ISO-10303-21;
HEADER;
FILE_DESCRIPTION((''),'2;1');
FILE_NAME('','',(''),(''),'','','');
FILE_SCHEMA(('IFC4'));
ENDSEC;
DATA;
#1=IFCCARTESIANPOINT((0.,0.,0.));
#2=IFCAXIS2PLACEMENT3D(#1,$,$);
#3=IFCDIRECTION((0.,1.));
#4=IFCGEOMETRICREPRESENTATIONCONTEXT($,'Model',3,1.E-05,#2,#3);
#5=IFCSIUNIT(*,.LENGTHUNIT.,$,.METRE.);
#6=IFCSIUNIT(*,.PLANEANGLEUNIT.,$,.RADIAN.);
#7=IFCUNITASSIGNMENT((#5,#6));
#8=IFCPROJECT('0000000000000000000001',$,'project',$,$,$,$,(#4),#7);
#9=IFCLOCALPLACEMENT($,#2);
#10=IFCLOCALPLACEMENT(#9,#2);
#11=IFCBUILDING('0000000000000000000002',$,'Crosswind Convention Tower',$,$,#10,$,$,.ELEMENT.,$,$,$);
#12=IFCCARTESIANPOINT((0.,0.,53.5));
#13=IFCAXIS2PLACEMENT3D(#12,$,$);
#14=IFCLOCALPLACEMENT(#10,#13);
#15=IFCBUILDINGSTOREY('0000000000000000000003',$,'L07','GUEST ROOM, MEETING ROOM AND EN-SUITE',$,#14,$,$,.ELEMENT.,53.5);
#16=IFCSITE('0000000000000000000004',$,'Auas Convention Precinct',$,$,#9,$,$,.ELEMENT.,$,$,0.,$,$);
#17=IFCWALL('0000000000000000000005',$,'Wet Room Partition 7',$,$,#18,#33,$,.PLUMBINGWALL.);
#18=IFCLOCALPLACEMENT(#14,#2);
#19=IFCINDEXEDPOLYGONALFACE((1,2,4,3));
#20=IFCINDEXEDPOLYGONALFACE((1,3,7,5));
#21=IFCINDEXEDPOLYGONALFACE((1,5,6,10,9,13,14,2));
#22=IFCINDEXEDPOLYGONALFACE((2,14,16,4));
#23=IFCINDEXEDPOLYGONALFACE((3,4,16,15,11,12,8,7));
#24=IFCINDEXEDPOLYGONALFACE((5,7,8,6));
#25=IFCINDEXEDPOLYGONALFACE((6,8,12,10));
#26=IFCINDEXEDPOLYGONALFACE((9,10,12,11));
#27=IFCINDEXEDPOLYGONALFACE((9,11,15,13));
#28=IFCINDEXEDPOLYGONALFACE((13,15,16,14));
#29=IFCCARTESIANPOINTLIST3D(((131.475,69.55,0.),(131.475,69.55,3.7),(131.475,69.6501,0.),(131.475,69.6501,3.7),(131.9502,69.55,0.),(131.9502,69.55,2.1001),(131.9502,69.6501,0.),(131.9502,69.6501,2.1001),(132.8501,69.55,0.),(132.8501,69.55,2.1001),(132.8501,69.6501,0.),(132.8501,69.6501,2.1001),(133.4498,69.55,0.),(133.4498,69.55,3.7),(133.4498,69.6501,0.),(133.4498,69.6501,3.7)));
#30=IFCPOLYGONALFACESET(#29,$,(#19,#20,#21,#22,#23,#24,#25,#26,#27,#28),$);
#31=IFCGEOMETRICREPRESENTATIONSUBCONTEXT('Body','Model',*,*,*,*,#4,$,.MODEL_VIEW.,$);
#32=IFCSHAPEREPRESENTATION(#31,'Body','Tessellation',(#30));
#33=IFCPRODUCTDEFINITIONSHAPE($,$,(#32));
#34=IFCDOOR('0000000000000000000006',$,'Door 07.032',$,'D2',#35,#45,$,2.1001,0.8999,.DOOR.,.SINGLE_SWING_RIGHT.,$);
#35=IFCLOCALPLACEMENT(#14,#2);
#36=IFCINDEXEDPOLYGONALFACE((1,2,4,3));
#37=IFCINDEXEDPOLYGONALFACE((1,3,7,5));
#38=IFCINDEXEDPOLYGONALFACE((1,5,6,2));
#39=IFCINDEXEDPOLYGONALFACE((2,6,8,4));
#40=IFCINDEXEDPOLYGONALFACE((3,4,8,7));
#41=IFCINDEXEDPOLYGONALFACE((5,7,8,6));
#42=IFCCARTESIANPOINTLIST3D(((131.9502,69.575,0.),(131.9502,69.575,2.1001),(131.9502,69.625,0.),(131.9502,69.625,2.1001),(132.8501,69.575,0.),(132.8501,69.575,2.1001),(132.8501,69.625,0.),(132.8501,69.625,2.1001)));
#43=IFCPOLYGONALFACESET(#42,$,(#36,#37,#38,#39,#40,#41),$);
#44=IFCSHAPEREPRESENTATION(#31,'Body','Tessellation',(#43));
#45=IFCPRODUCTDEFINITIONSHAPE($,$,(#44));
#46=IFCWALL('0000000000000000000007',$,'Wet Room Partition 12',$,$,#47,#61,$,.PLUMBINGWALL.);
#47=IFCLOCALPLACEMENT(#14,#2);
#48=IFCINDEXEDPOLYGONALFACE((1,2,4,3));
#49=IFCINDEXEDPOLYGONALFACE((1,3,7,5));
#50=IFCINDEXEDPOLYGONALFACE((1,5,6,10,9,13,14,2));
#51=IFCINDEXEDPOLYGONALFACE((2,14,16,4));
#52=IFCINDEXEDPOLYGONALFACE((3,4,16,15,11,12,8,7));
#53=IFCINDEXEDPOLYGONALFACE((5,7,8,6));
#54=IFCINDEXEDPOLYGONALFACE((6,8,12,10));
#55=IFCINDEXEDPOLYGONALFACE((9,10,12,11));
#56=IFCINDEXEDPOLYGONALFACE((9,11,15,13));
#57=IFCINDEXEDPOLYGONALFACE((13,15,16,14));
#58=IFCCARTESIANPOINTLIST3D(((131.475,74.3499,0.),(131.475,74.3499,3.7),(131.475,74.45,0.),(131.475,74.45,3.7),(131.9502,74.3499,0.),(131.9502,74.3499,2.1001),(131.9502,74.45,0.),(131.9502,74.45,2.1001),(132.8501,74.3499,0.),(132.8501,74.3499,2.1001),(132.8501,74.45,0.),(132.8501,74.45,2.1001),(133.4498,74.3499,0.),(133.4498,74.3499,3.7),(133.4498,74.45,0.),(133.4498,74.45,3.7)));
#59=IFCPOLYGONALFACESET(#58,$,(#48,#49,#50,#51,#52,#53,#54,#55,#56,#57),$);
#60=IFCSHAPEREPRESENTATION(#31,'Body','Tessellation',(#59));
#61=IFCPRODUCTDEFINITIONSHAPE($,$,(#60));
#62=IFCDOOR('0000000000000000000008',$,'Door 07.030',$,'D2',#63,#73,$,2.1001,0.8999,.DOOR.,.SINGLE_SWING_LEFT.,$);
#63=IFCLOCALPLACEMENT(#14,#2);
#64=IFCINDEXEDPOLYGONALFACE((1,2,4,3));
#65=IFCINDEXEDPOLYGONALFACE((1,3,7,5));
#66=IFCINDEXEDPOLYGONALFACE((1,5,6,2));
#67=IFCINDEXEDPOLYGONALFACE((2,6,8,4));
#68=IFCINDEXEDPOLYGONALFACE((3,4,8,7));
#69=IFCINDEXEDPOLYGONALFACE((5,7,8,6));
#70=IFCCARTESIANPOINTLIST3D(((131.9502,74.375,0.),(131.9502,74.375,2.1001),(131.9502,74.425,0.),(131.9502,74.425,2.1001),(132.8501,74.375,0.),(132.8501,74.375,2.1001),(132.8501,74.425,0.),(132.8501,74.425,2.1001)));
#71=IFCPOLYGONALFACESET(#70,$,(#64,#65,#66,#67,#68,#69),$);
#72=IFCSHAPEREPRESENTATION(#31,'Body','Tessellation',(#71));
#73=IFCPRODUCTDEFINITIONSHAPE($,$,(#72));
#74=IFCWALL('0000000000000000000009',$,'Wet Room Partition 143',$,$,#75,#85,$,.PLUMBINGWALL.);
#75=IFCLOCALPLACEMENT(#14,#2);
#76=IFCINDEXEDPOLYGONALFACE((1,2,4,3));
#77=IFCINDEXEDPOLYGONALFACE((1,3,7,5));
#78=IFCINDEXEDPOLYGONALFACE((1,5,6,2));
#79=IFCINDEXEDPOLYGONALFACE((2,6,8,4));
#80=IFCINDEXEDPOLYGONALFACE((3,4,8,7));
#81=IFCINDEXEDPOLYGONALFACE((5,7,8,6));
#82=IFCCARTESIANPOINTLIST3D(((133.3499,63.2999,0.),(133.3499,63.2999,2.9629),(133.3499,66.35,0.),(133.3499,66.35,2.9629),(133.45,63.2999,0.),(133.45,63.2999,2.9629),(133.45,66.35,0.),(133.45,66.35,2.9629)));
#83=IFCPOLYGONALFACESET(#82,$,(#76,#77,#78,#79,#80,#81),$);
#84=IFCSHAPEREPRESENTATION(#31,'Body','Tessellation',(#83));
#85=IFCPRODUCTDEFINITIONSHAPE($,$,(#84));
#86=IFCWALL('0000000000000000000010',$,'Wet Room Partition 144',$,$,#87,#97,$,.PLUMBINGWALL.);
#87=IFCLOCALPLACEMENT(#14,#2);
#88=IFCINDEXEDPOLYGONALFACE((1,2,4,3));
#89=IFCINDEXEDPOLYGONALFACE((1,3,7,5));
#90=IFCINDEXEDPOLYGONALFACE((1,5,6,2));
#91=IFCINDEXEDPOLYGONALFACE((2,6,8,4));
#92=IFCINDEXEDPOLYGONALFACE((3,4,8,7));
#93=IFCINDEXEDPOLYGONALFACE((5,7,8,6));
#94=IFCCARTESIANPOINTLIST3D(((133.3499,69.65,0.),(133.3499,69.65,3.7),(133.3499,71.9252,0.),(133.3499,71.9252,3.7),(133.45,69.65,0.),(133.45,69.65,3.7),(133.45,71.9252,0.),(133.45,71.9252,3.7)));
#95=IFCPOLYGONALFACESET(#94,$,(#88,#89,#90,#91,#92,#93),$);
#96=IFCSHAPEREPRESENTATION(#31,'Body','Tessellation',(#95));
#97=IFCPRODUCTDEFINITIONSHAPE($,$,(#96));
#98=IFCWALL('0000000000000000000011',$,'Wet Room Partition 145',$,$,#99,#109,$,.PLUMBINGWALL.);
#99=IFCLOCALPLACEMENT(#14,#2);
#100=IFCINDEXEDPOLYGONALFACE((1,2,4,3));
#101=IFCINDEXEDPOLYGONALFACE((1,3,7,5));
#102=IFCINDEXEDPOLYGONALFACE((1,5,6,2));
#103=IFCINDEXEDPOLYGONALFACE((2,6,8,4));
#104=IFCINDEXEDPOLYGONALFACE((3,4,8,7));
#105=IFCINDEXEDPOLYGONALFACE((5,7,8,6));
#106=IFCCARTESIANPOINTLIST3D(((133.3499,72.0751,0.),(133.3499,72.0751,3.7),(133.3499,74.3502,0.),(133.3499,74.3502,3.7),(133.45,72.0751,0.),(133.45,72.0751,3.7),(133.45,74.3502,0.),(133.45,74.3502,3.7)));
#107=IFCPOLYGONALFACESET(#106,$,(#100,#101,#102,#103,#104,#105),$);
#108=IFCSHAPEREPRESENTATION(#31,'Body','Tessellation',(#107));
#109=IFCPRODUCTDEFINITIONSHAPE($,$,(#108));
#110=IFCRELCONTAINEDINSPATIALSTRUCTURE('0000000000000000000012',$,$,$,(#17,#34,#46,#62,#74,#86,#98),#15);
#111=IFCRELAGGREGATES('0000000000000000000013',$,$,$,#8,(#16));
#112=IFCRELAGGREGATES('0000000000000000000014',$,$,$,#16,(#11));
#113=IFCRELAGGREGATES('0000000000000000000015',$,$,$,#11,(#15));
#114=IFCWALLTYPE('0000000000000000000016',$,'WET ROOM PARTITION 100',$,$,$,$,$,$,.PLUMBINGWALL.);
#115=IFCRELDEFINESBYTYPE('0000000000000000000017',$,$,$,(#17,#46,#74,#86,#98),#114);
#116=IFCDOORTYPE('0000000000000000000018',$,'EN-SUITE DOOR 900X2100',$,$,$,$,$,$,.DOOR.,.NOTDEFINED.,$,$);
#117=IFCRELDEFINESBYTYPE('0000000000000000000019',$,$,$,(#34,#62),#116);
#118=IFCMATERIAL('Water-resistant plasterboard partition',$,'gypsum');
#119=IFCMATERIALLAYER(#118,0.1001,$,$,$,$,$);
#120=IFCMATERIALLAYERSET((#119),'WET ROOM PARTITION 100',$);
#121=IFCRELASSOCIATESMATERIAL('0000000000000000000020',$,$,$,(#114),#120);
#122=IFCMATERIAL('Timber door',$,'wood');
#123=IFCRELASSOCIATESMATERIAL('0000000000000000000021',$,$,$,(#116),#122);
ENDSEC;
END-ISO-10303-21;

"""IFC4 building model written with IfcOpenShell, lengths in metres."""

from ifc_helpers import new_model, si_unit, direction, frame, frame_2d, origin, place, context, subcontext, project, spatial, rectangle, extrude, material, layer, layer_set, type_object, element, fill, save


model = new_model("IFC4")

# Units and contexts
model_context = context("Model", 3, precision=1e-05, world=origin(), true_north=direction((0.0, 1.0)))
body_context = subcontext(model_context, "Body", "Model", "MODEL_VIEW")
ifc_project = project(units=[si_unit("LENGTHUNIT", "METRE"), si_unit("PLANEANGLEUNIT", "RADIAN")], contexts=[model_context])

# Site, building, storey
site_placement = place(None, origin())
site = spatial("IfcSite", under=ifc_project, at=site_placement, Name="Auas Convention Precinct", CompositionType="ELEMENT", RefElevation=0.0)
building_placement = place(site_placement, origin())
building = spatial("IfcBuilding", under=site, at=building_placement, Name="Crosswind Convention Tower", CompositionType="ELEMENT")
storey_placement = place(building_placement, frame((0.0, 0.0, 53.5)))
storey = spatial("IfcBuildingStorey", under=building, at=storey_placement, Name="L07", Description="GUEST ROOM, MEETING ROOM AND EN-SUITE", CompositionType="ELEMENT", Elevation=53.5)

# Walls, openings, doors
ifc_material_1 = material(Name="Water-resistant plasterboard partition", Category="gypsum")
ifc_layer_1 = layer(ifc_material_1, 0.1001)
ifc_layer_set_1 = layer_set([ifc_layer_1], Name="WET ROOM PARTITION 100")
wall_type_1 = type_object("IfcWallType", Name="WET ROOM PARTITION 100", PredefinedType="PLUMBINGWALL", material=ifc_layer_set_1)
ifc_material_2 = material(Name="Timber door", Category="wood")
door_type_1 = type_object("IfcDoorType", Name="EN-SUITE DOOR 900X2100", OperationType="NOTDEFINED", PredefinedType="DOOR", material=ifc_material_2)
wall_1_placement = place(storey_placement, frame((131.4751, 69.6001, 0.0), z_axis=(0.0, 0.0, 1.0), x_axis=(1.0, 0.0, 0.0)))
wall_1 = element("IfcWall", 1, at=wall_1_placement, inside=storey, type_object=wall_type_1, Name="Wet Room Partition 7", PredefinedType="PLUMBINGWALL", context=body_context, shape_type="SweptSolid", body=[
    extrude(rectangle(XDim=1.9749, YDim=0.1001, at=frame_2d((0.9873, 0.0))), origin(), (0.0, 0.0, 1.0), 3.7),
])
opening_1_placement = place(wall_1_placement, frame((0.4751, 0.0, 0.0)))
opening_1 = element("IfcOpeningElement", 2, at=opening_1_placement, cuts=wall_1, PredefinedType="OPENING", context=body_context, shape_type="SweptSolid", body=[
    extrude(rectangle(XDim=0.8999, YDim=2.1001, at=frame_2d((0.45, 1.05))), frame((0.0, 0.0601, 0.0), z_axis=(0.0, -1.0, 0.0), x_axis=(1.0, 0.0, 0.0)), (0.0, 0.0, 1.0), 0.1201),
])
door_1_placement = place(opening_1_placement, origin())
door_1 = element("IfcDoor", 3, at=door_1_placement, inside=storey, type_object=door_type_1, Name="Door 07.032", ObjectType="D2", OperationType="SINGLE_SWING_RIGHT", OverallHeight=2.1001, OverallWidth=0.8999, PredefinedType="DOOR", context=body_context, shape_type="SweptSolid", body=[
    extrude(rectangle(XDim=0.8999, YDim=2.1001, at=frame_2d((0.45, 1.05))), frame((0.0, 0.0249, 0.0), z_axis=(0.0, -1.0, 0.0), x_axis=(1.0, 0.0, 0.0)), (0.0, 0.0, 1.0), 0.05),
])
fill(opening_1, door_1)
wall_2_placement = place(storey_placement, frame((131.4751, 74.3999, 0.0), z_axis=(0.0, 0.0, 1.0), x_axis=(1.0, 0.0, 0.0)))
wall_2 = element("IfcWall", 4, at=wall_2_placement, inside=storey, type_object=wall_type_1, Name="Wet Room Partition 12", PredefinedType="PLUMBINGWALL", context=body_context, shape_type="SweptSolid", body=[
    extrude(rectangle(XDim=1.9749, YDim=0.1001, at=frame_2d((0.9873, 0.0))), origin(), (0.0, 0.0, 1.0), 3.7),
])
opening_2_placement = place(wall_2_placement, frame((0.4751, 0.0, 0.0)))
opening_2 = element("IfcOpeningElement", 5, at=opening_2_placement, cuts=wall_2, PredefinedType="OPENING", context=body_context, shape_type="SweptSolid", body=[
    extrude(rectangle(XDim=0.8999, YDim=2.1001, at=frame_2d((0.45, 1.05))), frame((0.0, 0.0601, 0.0), z_axis=(0.0, -1.0, 0.0), x_axis=(1.0, 0.0, 0.0)), (0.0, 0.0, 1.0), 0.1201),
])
door_2_placement = place(opening_2_placement, frame((0.8999, 0.0, 0.0), z_axis=(0.0, 0.0, 1.0), x_axis=(-1.0, 0.0, 0.0)))
door_2 = element("IfcDoor", 6, at=door_2_placement, inside=storey, type_object=door_type_1, Name="Door 07.030", ObjectType="D2", OperationType="SINGLE_SWING_LEFT", OverallHeight=2.1001, OverallWidth=0.8999, PredefinedType="DOOR", context=body_context, shape_type="SweptSolid", body=[
    extrude(rectangle(XDim=0.8999, YDim=2.1001, at=frame_2d((0.45, 1.05))), frame((0.0, 0.0249, 0.0), z_axis=(0.0, -1.0, 0.0), x_axis=(1.0, 0.0, 0.0)), (0.0, 0.0, 1.0), 0.05),
])
fill(opening_2, door_2)

# Walls
wall_3_placement = place(storey_placement, frame((133.3999, 63.3, 0.0), z_axis=(0.0, 0.0, 1.0), x_axis=(0.0, 1.0, 0.0)))
element("IfcWall", 7, at=wall_3_placement, inside=storey, type_object=wall_type_1, Name="Wet Room Partition 143", PredefinedType="PLUMBINGWALL", context=body_context, shape_type="SweptSolid", body=[
    extrude(rectangle(XDim=3.05, YDim=0.1001, at=frame_2d((1.5249, 0.0))), origin(), (0.0, 0.0, 1.0), 2.9629),
])
for number, where, z_axis, x_axis, name in (
    (8, (133.3999, 69.6499, 0.0), (0.0, 0.0, 1.0), (0.0, 1.0, 0.0), "Wet Room Partition 144"),
    (9, (133.3999, 72.075, 0.0), (0.0, 0.0, 1.0), (0.0, 1.0, 0.0), "Wet Room Partition 145"),
):
    element("IfcWall", number, at=place(storey_placement, frame(where, z_axis=z_axis, x_axis=x_axis)), inside=storey, type_object=wall_type_1, Name=name, PredefinedType="PLUMBINGWALL", context=body_context, shape_type="SweptSolid", body=[
        extrude(rectangle(XDim=2.2751, YDim=0.1001, at=frame_2d((1.1377, 0.0))), origin(), (0.0, 0.0, 1.0), 3.7),
    ])

save(model, "model.ifc")
